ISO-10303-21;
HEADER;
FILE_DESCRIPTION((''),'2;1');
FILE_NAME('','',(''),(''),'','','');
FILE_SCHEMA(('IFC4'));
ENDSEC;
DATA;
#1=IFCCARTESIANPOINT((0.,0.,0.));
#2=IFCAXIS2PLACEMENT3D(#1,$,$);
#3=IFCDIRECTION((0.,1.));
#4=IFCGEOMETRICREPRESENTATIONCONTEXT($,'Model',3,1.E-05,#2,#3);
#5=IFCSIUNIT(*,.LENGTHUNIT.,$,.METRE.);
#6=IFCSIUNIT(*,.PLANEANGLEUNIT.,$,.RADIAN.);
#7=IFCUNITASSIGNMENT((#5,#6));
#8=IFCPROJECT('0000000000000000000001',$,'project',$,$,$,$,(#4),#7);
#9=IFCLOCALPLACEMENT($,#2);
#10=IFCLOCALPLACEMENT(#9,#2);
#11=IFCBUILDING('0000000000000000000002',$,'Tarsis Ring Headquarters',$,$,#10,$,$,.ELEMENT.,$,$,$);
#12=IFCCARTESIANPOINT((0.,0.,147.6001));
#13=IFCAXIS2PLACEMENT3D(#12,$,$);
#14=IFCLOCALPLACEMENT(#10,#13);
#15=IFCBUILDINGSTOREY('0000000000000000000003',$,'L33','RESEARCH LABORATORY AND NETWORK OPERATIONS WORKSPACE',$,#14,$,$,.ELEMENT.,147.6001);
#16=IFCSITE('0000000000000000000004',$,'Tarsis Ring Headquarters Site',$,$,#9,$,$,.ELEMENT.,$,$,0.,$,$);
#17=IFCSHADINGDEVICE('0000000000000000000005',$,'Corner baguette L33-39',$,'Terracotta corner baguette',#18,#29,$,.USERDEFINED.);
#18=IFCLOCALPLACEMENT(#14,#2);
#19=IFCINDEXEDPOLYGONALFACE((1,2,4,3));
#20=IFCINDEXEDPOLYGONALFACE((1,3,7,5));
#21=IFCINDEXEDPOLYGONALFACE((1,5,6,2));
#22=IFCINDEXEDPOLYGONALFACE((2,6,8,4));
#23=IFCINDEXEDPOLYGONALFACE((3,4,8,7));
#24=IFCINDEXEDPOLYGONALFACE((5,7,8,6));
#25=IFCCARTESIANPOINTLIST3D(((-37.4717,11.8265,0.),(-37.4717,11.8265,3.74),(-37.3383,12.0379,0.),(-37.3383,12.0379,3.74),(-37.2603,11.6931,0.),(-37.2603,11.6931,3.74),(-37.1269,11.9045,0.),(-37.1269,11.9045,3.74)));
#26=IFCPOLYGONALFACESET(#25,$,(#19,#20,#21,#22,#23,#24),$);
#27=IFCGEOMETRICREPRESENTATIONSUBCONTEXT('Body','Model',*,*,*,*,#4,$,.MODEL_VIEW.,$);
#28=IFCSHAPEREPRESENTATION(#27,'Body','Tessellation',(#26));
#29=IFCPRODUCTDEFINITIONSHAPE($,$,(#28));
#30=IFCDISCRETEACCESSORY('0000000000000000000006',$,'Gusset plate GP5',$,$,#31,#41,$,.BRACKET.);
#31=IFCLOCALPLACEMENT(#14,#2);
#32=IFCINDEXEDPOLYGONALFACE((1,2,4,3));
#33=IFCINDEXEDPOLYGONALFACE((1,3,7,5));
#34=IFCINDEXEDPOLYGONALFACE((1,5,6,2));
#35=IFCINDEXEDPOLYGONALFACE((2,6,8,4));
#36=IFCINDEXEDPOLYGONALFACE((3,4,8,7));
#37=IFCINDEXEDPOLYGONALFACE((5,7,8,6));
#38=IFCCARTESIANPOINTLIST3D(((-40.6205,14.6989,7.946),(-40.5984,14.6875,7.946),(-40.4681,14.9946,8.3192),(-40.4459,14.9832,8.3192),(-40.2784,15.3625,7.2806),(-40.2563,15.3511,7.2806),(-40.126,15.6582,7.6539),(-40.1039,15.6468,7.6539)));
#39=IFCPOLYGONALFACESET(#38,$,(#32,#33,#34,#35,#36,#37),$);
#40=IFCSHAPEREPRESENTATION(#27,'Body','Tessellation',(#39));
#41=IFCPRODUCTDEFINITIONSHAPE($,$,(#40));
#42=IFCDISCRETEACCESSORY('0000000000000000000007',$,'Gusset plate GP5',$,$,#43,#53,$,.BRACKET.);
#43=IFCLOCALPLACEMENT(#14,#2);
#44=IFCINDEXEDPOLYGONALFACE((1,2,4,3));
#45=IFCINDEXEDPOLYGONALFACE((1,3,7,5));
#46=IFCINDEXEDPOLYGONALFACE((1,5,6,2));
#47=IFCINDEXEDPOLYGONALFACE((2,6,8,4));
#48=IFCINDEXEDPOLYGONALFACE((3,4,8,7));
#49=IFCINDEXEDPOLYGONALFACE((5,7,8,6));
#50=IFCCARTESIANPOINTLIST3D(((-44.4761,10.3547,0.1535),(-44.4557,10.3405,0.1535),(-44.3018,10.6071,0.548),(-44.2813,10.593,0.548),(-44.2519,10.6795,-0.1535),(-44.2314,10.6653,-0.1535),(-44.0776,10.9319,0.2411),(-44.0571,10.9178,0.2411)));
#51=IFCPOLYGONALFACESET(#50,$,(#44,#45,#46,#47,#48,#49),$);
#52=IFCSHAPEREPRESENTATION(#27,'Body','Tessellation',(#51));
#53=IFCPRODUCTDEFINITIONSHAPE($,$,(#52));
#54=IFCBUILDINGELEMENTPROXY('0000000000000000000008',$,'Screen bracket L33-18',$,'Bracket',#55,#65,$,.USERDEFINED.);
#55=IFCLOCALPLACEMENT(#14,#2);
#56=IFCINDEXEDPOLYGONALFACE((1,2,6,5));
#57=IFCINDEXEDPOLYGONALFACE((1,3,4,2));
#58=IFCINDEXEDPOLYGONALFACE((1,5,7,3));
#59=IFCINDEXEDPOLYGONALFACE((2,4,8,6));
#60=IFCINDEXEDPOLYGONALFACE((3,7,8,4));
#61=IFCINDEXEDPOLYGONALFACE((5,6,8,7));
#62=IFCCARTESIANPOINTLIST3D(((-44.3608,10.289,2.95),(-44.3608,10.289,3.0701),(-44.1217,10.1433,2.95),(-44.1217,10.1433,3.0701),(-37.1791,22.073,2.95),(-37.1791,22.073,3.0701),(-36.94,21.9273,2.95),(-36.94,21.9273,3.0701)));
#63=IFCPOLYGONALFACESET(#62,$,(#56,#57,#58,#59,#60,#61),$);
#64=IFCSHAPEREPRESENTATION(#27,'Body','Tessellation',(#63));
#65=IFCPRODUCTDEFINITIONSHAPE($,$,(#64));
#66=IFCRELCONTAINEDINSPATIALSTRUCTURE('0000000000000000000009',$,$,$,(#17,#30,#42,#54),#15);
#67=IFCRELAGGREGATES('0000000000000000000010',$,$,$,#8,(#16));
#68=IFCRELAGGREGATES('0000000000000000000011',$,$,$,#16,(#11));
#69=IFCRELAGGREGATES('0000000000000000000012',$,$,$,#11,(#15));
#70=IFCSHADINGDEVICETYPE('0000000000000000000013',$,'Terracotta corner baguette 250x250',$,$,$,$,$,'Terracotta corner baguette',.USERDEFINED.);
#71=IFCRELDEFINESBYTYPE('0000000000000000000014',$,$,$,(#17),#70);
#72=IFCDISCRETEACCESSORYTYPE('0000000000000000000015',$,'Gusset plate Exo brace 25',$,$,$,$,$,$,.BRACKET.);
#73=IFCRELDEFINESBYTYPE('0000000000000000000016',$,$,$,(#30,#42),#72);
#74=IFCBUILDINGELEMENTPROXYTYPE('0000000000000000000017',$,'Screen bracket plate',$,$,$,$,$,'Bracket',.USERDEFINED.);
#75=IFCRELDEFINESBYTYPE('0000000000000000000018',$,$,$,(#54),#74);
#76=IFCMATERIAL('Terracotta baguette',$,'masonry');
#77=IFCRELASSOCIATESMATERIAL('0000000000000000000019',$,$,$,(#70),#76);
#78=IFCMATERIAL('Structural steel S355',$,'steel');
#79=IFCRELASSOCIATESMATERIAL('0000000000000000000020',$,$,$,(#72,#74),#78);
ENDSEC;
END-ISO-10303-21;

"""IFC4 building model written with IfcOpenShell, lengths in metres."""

from ifc_helpers import new_model, si_unit, direction, frame, origin, origin_2d, place, context, subcontext, project, spatial, rectangle, extrude, material, material_profile, profile_set, type_object, element, save


model = new_model("IFC4")

# Units and contexts
model_context = context("Model", 3, precision=1e-05, world=origin(), true_north=direction((0.0, 1.0)))
body_context = subcontext(model_context, "Body", "Model", "MODEL_VIEW")
ifc_project = project(units=[si_unit("LENGTHUNIT", "METRE"), si_unit("PLANEANGLEUNIT", "RADIAN")], contexts=[model_context])

# Site, building, storey
site_placement = place(None, origin())
site = spatial("IfcSite", under=ifc_project, at=site_placement, Name="Tarsis Ring Headquarters Site", CompositionType="ELEMENT", RefElevation=0.0)
building_placement = place(site_placement, origin())
building = spatial("IfcBuilding", under=site, at=building_placement, Name="Tarsis Ring Headquarters", CompositionType="ELEMENT")
storey_placement = place(building_placement, frame((0.0, 0.0, 147.6001)))
storey = spatial("IfcBuildingStorey", under=building, at=storey_placement, Name="L33", Description="RESEARCH LABORATORY AND NETWORK OPERATIONS WORKSPACE", CompositionType="ELEMENT", Elevation=147.6001)

# Shared definitions
ifc_material_1 = material(Name="Structural steel S355", Category="steel")

# Shading device
ifc_material_2 = material(Name="Terracotta baguette", Category="masonry")
shading_device_type_1 = type_object("IfcShadingDeviceType", Name="Terracotta corner baguette 250x250", ElementType="Terracotta corner baguette", PredefinedType="USERDEFINED", material=ifc_material_2)
for number, where, z_axis, x_axis, name in (
    (1, (-37.2993, 11.8655, 0.0), (0.0, 0.0, 1.0), (-0.533762, -0.845635, 0.0), "Corner baguette L33-39"),
):
    element("IfcShadingDevice", number, at=place(storey_placement, frame(where, z_axis=z_axis, x_axis=x_axis)), inside=storey, type_object=shading_device_type_1, Name=name, ObjectType="Terracotta corner baguette", PredefinedType="USERDEFINED", context=body_context, shape_type="SweptSolid", body=[
        extrude(rectangle(XDim=0.25, YDim=0.25, at=origin_2d()), origin(), (0.0, 0.0, 1.0), 3.74),
    ])

# Discrete accessories
ifc_material_profile_1 = material_profile(ifc_material_1, rectangle(XDim=0.0249, YDim=0.5, at=origin_2d()), Name="PL 25x500")
ifc_profile_set_1 = profile_set([ifc_material_profile_1], Name="Structural steel S355")
discrete_accessory_type = type_object("IfcDiscreteAccessoryType", Name="Gusset plate Exo brace 25", PredefinedType="BRACKET", material=ifc_profile_set_1)
discrete_accessory_1_placement = place(storey_placement, frame((-40.1912, 15.5046, 7.4673), z_axis=(-0.342054, -0.663599, 0.665308), x_axis=(0.888866, -0.458168, 0.0)))
element("IfcDiscreteAccessory", 2, at=discrete_accessory_1_placement, inside=storey, type_object=discrete_accessory_type, Name="Gusset plate GP5", PredefinedType="BRACKET", context=body_context, shape_type="SweptSolid", body=[
    extrude(rectangle(XDim=0.0249, YDim=0.5, at=origin_2d()), origin(), (0.0, 0.0, 1.0), 1.0),
])
discrete_accessory_2_placement = place(storey_placement, frame((-44.3538, 10.51, 0.0), z_axis=(0.348795, 0.505117, 0.789429), x_axis=(-0.822879, 0.568216, 0.0)))
element("IfcDiscreteAccessory", 3, at=discrete_accessory_2_placement, inside=storey, type_object=discrete_accessory_type, Name="Gusset plate GP5", PredefinedType="BRACKET", context=body_context, shape_type="SweptSolid", body=[
    extrude(rectangle(XDim=0.0249, YDim=0.5, at=origin_2d()), origin(), (0.0, 0.0, 1.0), 0.4998),
])

# Building element proxy
building_element_proxy_type = type_object("IfcBuildingElementProxyType", Name="Screen bracket plate", ElementType="Bracket", PredefinedType="USERDEFINED", material=ifc_material_1)
proxy_placement = place(storey_placement, frame((-40.6504, 16.1082, 2.95), z_axis=(0.0, 0.0, 1.0), x_axis=(-0.520414, -0.853914, 0.0)))
element("IfcBuildingElementProxy", 4, at=proxy_placement, inside=storey, type_object=building_element_proxy_type, Name="Screen bracket L33-18", ObjectType="Bracket", PredefinedType="USERDEFINED", context=body_context, shape_type="SweptSolid", body=[
    extrude(rectangle(XDim=13.8, YDim=0.28, at=origin_2d()), origin(), (0.0, 0.0, 1.0), 0.1201),
])

save(model, "model.ifc")
